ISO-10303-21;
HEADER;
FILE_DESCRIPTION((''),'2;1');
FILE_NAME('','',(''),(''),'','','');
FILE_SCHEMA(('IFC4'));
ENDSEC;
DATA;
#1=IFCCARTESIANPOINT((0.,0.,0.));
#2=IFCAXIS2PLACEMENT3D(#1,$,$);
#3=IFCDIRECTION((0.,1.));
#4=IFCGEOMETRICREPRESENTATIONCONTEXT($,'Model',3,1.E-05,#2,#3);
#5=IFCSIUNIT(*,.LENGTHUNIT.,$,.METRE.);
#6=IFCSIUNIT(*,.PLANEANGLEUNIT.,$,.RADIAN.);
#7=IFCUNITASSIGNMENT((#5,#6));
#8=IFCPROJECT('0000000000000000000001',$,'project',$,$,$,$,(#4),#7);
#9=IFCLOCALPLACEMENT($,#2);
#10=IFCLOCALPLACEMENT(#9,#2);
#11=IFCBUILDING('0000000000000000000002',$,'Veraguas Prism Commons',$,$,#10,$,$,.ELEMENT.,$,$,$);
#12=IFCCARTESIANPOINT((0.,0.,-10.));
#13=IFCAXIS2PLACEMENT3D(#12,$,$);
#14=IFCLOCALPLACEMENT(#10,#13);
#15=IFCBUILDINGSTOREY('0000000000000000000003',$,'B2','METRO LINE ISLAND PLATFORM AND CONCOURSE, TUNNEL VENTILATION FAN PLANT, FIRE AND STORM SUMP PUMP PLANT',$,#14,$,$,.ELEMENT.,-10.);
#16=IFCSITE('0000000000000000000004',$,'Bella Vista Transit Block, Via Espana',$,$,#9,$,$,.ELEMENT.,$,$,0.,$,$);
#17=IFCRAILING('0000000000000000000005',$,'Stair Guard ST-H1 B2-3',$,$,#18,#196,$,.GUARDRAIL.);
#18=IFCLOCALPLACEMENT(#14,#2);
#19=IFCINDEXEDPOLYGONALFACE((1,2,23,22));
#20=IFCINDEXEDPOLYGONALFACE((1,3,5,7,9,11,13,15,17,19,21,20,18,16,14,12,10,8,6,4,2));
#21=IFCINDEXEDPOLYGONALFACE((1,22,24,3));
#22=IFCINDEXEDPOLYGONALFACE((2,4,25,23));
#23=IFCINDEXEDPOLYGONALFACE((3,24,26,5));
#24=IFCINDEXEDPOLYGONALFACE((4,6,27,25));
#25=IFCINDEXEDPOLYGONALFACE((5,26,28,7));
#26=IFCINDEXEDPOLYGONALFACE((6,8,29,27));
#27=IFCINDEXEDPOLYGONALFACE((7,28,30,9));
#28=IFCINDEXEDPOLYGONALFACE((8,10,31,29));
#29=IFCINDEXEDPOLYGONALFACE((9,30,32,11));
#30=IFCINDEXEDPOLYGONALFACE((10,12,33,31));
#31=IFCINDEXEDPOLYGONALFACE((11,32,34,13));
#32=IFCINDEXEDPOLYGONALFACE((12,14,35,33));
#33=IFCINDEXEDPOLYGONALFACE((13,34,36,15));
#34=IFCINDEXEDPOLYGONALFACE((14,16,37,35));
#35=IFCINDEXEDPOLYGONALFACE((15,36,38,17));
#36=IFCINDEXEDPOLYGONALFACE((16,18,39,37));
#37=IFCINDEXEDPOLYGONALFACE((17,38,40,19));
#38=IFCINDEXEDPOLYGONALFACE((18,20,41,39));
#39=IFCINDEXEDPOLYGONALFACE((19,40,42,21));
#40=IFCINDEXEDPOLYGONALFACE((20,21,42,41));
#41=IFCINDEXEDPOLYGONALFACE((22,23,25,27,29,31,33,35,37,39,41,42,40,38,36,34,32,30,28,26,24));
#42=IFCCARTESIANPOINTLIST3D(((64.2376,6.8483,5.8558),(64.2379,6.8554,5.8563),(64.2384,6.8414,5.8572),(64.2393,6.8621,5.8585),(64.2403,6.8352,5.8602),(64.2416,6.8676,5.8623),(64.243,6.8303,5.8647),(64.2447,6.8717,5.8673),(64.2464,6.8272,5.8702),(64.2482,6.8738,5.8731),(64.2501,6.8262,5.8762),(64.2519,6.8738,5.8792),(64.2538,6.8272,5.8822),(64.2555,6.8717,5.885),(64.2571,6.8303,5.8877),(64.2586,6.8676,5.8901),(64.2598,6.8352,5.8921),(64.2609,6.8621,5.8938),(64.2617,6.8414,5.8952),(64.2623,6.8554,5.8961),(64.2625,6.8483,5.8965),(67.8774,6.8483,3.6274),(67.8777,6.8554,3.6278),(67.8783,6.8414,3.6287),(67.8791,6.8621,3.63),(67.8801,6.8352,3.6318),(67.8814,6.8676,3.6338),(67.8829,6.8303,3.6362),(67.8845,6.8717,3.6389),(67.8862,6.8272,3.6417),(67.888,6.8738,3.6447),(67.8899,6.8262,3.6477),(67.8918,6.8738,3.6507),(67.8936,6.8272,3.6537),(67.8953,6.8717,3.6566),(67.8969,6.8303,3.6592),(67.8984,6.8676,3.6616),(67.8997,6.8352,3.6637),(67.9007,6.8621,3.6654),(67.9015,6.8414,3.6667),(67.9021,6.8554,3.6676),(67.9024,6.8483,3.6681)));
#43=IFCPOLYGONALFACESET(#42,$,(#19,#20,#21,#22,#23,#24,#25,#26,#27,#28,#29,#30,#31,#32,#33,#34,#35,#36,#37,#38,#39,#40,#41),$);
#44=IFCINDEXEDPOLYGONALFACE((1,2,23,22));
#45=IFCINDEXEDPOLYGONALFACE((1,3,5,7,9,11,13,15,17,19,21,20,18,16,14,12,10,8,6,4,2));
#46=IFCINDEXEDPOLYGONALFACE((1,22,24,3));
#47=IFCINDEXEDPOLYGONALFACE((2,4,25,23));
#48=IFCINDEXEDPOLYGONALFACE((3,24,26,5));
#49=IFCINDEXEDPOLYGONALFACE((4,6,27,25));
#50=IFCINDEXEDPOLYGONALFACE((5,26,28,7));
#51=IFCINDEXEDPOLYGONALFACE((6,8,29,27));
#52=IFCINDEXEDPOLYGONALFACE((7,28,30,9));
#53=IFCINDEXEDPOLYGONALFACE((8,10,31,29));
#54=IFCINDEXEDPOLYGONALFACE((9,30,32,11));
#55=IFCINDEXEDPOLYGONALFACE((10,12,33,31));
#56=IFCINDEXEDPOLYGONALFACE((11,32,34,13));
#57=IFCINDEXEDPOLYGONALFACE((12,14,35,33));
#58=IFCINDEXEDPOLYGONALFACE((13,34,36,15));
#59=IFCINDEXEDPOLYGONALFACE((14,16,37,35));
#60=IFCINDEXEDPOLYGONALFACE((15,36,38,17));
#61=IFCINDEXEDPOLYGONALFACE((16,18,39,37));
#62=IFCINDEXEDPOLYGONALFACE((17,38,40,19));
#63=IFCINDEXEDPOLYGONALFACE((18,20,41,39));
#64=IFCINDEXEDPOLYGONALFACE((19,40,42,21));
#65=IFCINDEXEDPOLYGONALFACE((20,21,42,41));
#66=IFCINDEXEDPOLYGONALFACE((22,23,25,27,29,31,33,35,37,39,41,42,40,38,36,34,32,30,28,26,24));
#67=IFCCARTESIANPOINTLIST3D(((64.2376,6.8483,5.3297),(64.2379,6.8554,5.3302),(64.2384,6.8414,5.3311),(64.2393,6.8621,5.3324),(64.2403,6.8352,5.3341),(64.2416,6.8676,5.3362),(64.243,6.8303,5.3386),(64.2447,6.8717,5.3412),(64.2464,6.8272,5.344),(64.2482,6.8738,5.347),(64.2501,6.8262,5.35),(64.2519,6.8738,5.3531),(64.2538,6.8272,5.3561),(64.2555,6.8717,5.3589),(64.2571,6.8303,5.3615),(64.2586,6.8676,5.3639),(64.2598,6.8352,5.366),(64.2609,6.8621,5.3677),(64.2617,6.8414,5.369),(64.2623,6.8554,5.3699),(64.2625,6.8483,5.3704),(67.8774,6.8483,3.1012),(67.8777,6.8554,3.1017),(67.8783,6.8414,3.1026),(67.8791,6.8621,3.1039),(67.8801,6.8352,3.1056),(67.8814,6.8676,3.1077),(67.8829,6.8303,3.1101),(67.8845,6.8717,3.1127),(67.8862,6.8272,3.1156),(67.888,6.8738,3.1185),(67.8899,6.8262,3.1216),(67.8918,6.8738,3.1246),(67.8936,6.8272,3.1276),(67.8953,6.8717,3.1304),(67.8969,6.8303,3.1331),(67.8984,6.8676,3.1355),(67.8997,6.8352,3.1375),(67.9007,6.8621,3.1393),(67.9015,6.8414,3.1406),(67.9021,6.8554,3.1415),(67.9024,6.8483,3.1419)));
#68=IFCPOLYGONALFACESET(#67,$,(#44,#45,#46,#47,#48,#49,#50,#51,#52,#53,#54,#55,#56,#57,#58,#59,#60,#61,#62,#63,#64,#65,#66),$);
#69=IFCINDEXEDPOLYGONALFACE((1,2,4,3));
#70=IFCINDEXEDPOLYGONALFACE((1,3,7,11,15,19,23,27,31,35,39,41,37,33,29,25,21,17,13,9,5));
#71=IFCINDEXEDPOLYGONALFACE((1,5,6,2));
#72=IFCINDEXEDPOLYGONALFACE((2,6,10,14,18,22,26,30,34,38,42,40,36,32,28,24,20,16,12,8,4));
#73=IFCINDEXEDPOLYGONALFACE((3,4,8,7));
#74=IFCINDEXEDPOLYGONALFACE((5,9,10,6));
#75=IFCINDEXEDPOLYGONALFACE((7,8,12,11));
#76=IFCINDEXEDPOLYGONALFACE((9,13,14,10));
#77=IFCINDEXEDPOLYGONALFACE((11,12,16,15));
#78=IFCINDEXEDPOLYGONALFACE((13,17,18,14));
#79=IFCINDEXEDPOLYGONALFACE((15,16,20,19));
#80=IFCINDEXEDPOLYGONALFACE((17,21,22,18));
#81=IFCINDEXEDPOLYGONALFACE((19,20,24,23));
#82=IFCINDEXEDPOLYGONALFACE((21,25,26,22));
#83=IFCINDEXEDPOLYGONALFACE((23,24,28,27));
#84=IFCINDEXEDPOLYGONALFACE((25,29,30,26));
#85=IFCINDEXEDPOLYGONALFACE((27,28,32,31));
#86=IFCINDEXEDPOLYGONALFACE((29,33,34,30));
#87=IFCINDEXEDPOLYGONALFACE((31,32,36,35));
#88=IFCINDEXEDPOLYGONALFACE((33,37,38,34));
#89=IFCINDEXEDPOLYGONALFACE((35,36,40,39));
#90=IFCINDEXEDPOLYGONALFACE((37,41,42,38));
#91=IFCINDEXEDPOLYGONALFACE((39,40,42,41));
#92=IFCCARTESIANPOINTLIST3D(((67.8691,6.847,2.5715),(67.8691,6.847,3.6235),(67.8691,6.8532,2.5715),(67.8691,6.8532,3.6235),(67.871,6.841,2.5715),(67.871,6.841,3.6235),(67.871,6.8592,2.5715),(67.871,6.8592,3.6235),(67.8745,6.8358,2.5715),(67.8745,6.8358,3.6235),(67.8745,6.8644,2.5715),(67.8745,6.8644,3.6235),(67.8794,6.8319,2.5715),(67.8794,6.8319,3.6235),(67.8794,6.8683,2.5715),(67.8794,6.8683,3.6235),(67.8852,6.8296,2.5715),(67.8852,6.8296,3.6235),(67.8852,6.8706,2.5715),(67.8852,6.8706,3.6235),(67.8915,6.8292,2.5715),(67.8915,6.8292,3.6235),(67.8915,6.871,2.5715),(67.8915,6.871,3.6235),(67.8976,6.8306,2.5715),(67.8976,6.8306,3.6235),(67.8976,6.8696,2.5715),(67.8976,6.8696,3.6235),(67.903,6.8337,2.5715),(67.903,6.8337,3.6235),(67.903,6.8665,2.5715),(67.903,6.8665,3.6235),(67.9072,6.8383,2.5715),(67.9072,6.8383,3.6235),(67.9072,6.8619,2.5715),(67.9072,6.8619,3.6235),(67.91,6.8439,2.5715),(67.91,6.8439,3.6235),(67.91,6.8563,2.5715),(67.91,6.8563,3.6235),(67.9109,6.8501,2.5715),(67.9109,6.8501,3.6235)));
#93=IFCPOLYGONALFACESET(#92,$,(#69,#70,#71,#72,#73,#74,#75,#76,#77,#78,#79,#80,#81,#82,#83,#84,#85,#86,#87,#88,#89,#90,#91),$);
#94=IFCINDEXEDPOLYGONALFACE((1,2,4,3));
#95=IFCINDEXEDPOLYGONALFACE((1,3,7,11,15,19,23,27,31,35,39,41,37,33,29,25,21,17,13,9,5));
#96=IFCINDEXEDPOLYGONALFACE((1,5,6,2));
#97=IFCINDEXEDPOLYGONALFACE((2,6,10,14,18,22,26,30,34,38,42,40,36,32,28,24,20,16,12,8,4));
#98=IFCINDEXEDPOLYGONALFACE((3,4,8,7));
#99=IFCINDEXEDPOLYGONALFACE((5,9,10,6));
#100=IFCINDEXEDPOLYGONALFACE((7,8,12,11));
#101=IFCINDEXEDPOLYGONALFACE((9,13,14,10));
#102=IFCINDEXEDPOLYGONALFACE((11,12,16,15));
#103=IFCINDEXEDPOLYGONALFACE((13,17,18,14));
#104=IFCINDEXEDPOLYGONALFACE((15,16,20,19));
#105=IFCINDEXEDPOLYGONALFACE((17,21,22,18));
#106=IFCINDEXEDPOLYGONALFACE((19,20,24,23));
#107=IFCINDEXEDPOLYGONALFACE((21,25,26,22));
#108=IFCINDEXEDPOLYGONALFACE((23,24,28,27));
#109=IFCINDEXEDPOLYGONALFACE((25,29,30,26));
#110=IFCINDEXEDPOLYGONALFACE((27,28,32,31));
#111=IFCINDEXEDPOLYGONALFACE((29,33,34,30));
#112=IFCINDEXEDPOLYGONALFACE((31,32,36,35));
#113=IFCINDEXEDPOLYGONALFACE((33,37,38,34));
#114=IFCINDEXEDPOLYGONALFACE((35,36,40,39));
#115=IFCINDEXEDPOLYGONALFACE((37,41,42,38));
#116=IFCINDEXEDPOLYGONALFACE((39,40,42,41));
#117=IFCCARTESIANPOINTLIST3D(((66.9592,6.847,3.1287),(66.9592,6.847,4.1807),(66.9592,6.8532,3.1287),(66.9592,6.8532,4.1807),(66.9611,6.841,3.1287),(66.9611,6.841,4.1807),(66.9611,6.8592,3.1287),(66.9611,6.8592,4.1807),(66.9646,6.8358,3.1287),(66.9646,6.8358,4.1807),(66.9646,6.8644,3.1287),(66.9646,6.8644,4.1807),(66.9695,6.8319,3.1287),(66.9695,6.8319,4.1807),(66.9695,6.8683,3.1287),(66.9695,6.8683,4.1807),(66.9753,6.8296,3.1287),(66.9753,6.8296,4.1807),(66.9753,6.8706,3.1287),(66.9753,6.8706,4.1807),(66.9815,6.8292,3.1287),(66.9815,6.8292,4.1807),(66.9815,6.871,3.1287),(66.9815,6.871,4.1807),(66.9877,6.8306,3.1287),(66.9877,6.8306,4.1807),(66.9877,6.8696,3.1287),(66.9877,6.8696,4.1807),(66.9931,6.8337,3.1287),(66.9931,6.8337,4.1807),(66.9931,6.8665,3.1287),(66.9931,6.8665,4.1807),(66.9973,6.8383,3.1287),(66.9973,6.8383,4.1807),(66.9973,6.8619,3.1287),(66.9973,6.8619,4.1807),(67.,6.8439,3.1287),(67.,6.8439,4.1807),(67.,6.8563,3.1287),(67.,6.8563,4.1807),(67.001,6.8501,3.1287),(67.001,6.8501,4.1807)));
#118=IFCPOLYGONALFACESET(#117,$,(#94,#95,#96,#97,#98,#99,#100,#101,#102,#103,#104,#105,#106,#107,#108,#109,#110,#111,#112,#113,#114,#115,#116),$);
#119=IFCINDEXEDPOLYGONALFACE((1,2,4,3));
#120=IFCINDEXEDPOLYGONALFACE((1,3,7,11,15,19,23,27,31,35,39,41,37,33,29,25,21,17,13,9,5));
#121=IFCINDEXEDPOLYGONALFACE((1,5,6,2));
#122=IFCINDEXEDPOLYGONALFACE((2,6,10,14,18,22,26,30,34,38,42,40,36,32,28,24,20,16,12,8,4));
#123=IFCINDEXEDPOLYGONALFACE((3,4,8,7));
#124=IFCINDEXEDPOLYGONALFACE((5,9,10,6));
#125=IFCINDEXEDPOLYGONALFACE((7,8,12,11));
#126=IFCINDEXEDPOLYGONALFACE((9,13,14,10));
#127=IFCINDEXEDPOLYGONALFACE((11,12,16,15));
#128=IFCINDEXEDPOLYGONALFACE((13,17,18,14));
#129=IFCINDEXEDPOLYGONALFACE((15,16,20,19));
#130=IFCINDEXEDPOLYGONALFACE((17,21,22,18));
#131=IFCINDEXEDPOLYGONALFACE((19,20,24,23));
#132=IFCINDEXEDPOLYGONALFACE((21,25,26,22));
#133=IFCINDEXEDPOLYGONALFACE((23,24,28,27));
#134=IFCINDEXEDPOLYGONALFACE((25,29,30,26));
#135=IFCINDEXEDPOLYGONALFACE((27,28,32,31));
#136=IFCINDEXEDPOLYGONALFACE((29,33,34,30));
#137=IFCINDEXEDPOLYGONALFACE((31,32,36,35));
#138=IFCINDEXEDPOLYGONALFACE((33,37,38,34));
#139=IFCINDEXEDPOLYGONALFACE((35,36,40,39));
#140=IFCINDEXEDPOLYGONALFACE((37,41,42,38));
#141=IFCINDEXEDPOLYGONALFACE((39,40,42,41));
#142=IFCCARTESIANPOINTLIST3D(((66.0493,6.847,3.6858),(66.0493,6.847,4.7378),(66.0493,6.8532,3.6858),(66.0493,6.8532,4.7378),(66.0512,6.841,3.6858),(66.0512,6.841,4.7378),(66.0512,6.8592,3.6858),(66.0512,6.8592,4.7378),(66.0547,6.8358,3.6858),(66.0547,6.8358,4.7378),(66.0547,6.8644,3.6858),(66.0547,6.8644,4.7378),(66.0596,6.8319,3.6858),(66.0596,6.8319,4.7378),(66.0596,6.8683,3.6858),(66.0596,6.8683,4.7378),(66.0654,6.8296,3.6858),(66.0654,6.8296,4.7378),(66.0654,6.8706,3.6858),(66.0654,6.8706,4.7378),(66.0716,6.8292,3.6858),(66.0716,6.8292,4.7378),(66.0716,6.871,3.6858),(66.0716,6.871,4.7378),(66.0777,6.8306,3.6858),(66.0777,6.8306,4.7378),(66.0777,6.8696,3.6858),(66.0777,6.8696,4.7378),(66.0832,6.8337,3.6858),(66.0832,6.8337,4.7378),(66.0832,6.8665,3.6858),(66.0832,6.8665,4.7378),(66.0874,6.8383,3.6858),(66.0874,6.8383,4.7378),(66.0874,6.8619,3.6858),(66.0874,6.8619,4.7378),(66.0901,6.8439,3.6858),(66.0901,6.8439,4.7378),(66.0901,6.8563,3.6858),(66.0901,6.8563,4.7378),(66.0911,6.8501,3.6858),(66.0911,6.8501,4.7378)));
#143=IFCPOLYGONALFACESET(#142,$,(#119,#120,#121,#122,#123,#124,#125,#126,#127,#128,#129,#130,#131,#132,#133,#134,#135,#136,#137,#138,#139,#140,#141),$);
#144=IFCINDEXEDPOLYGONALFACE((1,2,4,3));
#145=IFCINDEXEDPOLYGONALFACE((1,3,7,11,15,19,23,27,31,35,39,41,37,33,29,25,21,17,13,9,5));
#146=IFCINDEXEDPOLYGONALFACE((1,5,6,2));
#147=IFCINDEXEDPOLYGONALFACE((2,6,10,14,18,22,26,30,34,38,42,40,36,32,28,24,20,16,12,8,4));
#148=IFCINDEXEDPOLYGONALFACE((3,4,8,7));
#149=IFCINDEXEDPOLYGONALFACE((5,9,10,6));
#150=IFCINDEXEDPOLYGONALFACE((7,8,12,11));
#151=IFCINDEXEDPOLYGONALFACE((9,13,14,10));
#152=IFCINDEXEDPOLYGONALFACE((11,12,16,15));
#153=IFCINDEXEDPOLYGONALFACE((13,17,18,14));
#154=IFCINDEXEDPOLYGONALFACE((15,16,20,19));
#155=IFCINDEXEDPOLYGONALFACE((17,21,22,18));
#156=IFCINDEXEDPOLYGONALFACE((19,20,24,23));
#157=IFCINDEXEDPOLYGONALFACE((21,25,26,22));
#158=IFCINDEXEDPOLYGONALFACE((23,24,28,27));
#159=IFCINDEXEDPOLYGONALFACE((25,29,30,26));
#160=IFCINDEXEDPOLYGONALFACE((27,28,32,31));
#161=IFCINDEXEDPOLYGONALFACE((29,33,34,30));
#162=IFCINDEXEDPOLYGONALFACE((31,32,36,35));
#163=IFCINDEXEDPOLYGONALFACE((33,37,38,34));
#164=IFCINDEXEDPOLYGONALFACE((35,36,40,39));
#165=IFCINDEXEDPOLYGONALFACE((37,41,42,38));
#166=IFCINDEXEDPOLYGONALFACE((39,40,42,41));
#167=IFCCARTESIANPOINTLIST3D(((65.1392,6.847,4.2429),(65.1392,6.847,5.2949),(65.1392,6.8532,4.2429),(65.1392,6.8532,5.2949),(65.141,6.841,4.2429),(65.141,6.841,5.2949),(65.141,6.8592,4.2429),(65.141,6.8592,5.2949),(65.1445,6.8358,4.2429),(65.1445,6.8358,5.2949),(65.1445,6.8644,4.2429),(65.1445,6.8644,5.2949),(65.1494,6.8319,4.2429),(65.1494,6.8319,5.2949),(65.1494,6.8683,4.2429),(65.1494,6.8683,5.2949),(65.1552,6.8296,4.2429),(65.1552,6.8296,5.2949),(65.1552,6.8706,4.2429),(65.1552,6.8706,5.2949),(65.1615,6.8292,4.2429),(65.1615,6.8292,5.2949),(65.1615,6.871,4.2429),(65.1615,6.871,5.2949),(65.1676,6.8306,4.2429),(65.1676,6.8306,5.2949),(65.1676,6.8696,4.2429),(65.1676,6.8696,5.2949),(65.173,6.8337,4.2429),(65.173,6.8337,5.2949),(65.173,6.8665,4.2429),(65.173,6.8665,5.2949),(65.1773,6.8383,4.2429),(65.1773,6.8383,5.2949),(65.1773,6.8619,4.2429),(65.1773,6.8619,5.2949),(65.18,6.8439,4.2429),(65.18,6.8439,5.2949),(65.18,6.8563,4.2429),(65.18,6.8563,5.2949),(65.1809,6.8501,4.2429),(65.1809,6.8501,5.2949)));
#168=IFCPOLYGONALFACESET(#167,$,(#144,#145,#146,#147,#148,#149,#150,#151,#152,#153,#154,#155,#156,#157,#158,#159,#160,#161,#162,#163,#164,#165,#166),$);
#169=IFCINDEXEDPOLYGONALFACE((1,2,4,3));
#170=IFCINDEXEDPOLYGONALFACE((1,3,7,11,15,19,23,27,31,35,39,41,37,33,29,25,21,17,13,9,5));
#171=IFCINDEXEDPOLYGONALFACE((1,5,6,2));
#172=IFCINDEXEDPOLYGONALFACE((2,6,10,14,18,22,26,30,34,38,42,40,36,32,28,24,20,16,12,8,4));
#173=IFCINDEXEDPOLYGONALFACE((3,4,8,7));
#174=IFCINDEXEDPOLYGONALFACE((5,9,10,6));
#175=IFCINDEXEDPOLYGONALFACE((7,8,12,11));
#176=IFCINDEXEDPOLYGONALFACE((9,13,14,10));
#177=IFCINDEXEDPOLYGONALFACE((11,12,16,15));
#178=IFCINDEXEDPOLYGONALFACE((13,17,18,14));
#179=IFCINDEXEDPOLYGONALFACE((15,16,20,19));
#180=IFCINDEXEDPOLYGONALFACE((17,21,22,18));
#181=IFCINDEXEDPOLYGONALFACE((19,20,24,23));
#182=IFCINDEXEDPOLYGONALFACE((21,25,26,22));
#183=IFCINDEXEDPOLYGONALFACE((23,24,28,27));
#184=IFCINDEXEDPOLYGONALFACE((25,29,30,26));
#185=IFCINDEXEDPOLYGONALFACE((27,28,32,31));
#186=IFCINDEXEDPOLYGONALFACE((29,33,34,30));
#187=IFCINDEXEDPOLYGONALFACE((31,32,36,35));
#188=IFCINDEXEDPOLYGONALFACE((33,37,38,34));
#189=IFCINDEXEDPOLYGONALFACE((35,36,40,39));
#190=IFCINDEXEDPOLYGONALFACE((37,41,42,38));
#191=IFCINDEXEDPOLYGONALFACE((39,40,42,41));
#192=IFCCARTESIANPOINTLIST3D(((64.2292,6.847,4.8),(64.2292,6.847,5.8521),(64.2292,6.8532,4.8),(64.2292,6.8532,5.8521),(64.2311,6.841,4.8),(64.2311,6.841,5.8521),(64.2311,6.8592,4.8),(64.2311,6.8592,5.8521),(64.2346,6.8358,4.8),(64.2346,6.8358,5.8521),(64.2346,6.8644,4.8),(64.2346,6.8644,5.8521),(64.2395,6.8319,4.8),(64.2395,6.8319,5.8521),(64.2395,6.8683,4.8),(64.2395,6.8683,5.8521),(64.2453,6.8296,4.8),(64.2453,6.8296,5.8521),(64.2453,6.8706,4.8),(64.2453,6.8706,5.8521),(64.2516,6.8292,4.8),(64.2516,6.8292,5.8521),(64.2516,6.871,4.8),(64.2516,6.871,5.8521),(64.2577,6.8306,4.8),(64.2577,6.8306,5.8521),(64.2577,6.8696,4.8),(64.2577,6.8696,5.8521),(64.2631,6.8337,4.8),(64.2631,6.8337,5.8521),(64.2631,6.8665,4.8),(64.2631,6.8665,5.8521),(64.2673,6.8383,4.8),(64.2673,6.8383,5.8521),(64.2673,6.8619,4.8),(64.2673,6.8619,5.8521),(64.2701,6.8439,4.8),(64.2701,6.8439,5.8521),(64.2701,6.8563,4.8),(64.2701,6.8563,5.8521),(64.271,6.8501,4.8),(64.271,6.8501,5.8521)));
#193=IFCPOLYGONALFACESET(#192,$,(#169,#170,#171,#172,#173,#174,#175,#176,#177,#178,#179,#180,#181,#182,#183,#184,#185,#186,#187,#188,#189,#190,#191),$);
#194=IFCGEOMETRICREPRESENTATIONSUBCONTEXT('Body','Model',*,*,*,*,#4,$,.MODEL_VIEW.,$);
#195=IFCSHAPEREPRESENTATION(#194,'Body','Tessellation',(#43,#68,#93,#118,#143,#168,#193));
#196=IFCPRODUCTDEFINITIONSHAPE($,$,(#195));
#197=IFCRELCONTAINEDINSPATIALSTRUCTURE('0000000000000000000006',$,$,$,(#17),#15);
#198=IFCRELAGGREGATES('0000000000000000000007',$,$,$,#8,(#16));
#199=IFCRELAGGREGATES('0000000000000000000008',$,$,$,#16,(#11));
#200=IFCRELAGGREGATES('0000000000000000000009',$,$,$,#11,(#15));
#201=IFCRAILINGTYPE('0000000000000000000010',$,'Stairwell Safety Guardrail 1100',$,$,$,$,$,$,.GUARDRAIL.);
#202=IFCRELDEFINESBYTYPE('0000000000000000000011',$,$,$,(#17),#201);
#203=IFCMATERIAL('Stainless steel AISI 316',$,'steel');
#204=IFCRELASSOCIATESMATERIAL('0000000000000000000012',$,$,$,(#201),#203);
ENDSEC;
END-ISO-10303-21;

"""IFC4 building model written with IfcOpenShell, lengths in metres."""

from ifc_helpers import new_model, si_unit, direction, frame, origin, origin_2d, place, context, subcontext, project, spatial, circle, extrude, material, type_object, element, save


model = new_model("IFC4")

# Units and contexts
model_context = context("Model", 3, precision=1e-05, world=origin(), true_north=direction((0.0, 1.0)))
body_context = subcontext(model_context, "Body", "Model", "MODEL_VIEW")
ifc_project = project(units=[si_unit("LENGTHUNIT", "METRE"), si_unit("PLANEANGLEUNIT", "RADIAN")], contexts=[model_context])

# Site, building, storey
site_placement = place(None, origin())
site = spatial("IfcSite", under=ifc_project, at=site_placement, Name="Bella Vista Transit Block, Via Espana", CompositionType="ELEMENT", RefElevation=0.0)
building_placement = place(site_placement, origin())
building = spatial("IfcBuilding", under=site, at=building_placement, Name="Veraguas Prism Commons", CompositionType="ELEMENT")
storey_placement = place(building_placement, frame((0.0, 0.0, -10.0)))
storey = spatial("IfcBuildingStorey", under=building, at=storey_placement, Name="B2", Description="METRO LINE ISLAND PLATFORM AND CONCOURSE, TUNNEL VENTILATION FAN PLANT, FIRE AND STORM SUMP PUMP PLANT", CompositionType="ELEMENT", Elevation=-10.0)

# Railing
ifc_material_1 = material(Name="Stainless steel AISI 316", Category="steel")
railing_type_1 = type_object("IfcRailingType", Name="Stairwell Safety Guardrail 1100", PredefinedType="GUARDRAIL", material=ifc_material_1)
railing_1_placement = place(storey_placement, frame((67.8899, 6.8501, 2.5715)))
element("IfcRailing", 1, at=railing_1_placement, inside=storey, type_object=railing_type_1, Name="Stair Guard ST-H1 B2-3", PredefinedType="GUARDRAIL", context=body_context, shape_type="SweptSolid", body=[
    extrude(circle(Radius=0.0239, at=origin_2d()), frame((0.0, 0.0, 1.0762), z_axis=(-0.85285, 0.0, 0.522156), x_axis=(0.0, -1.0, 0.0)), (0.0, 0.0, 1.0), 4.2678),
    extrude(circle(Radius=0.0239, at=origin_2d()), frame((0.0, 0.0, 0.55), z_axis=(-0.85285, 0.0, 0.522156), x_axis=(0.0, -1.0, 0.0)), (0.0, 0.0, 1.0), 4.2678),
    extrude(circle(Radius=0.021, at=origin_2d()), origin(), (0.0, 0.0, 1.0), 1.052),
    extrude(circle(Radius=0.021, at=origin_2d()), frame((-0.9099, 0.0, 0.5571)), (0.0, 0.0, 1.0), 1.052),
    extrude(circle(Radius=0.021, at=origin_2d()), frame((-1.8198, 0.0, 1.1143)), (0.0, 0.0, 1.0), 1.052),
    extrude(circle(Radius=0.021, at=origin_2d()), frame((-2.73, 0.0, 1.6714)), (0.0, 0.0, 1.0), 1.052),
    extrude(circle(Radius=0.021, at=origin_2d()), frame((-3.6399, 0.0, 2.2285)), (0.0, 0.0, 1.0), 1.052),
])

save(model, "model.ifc")
